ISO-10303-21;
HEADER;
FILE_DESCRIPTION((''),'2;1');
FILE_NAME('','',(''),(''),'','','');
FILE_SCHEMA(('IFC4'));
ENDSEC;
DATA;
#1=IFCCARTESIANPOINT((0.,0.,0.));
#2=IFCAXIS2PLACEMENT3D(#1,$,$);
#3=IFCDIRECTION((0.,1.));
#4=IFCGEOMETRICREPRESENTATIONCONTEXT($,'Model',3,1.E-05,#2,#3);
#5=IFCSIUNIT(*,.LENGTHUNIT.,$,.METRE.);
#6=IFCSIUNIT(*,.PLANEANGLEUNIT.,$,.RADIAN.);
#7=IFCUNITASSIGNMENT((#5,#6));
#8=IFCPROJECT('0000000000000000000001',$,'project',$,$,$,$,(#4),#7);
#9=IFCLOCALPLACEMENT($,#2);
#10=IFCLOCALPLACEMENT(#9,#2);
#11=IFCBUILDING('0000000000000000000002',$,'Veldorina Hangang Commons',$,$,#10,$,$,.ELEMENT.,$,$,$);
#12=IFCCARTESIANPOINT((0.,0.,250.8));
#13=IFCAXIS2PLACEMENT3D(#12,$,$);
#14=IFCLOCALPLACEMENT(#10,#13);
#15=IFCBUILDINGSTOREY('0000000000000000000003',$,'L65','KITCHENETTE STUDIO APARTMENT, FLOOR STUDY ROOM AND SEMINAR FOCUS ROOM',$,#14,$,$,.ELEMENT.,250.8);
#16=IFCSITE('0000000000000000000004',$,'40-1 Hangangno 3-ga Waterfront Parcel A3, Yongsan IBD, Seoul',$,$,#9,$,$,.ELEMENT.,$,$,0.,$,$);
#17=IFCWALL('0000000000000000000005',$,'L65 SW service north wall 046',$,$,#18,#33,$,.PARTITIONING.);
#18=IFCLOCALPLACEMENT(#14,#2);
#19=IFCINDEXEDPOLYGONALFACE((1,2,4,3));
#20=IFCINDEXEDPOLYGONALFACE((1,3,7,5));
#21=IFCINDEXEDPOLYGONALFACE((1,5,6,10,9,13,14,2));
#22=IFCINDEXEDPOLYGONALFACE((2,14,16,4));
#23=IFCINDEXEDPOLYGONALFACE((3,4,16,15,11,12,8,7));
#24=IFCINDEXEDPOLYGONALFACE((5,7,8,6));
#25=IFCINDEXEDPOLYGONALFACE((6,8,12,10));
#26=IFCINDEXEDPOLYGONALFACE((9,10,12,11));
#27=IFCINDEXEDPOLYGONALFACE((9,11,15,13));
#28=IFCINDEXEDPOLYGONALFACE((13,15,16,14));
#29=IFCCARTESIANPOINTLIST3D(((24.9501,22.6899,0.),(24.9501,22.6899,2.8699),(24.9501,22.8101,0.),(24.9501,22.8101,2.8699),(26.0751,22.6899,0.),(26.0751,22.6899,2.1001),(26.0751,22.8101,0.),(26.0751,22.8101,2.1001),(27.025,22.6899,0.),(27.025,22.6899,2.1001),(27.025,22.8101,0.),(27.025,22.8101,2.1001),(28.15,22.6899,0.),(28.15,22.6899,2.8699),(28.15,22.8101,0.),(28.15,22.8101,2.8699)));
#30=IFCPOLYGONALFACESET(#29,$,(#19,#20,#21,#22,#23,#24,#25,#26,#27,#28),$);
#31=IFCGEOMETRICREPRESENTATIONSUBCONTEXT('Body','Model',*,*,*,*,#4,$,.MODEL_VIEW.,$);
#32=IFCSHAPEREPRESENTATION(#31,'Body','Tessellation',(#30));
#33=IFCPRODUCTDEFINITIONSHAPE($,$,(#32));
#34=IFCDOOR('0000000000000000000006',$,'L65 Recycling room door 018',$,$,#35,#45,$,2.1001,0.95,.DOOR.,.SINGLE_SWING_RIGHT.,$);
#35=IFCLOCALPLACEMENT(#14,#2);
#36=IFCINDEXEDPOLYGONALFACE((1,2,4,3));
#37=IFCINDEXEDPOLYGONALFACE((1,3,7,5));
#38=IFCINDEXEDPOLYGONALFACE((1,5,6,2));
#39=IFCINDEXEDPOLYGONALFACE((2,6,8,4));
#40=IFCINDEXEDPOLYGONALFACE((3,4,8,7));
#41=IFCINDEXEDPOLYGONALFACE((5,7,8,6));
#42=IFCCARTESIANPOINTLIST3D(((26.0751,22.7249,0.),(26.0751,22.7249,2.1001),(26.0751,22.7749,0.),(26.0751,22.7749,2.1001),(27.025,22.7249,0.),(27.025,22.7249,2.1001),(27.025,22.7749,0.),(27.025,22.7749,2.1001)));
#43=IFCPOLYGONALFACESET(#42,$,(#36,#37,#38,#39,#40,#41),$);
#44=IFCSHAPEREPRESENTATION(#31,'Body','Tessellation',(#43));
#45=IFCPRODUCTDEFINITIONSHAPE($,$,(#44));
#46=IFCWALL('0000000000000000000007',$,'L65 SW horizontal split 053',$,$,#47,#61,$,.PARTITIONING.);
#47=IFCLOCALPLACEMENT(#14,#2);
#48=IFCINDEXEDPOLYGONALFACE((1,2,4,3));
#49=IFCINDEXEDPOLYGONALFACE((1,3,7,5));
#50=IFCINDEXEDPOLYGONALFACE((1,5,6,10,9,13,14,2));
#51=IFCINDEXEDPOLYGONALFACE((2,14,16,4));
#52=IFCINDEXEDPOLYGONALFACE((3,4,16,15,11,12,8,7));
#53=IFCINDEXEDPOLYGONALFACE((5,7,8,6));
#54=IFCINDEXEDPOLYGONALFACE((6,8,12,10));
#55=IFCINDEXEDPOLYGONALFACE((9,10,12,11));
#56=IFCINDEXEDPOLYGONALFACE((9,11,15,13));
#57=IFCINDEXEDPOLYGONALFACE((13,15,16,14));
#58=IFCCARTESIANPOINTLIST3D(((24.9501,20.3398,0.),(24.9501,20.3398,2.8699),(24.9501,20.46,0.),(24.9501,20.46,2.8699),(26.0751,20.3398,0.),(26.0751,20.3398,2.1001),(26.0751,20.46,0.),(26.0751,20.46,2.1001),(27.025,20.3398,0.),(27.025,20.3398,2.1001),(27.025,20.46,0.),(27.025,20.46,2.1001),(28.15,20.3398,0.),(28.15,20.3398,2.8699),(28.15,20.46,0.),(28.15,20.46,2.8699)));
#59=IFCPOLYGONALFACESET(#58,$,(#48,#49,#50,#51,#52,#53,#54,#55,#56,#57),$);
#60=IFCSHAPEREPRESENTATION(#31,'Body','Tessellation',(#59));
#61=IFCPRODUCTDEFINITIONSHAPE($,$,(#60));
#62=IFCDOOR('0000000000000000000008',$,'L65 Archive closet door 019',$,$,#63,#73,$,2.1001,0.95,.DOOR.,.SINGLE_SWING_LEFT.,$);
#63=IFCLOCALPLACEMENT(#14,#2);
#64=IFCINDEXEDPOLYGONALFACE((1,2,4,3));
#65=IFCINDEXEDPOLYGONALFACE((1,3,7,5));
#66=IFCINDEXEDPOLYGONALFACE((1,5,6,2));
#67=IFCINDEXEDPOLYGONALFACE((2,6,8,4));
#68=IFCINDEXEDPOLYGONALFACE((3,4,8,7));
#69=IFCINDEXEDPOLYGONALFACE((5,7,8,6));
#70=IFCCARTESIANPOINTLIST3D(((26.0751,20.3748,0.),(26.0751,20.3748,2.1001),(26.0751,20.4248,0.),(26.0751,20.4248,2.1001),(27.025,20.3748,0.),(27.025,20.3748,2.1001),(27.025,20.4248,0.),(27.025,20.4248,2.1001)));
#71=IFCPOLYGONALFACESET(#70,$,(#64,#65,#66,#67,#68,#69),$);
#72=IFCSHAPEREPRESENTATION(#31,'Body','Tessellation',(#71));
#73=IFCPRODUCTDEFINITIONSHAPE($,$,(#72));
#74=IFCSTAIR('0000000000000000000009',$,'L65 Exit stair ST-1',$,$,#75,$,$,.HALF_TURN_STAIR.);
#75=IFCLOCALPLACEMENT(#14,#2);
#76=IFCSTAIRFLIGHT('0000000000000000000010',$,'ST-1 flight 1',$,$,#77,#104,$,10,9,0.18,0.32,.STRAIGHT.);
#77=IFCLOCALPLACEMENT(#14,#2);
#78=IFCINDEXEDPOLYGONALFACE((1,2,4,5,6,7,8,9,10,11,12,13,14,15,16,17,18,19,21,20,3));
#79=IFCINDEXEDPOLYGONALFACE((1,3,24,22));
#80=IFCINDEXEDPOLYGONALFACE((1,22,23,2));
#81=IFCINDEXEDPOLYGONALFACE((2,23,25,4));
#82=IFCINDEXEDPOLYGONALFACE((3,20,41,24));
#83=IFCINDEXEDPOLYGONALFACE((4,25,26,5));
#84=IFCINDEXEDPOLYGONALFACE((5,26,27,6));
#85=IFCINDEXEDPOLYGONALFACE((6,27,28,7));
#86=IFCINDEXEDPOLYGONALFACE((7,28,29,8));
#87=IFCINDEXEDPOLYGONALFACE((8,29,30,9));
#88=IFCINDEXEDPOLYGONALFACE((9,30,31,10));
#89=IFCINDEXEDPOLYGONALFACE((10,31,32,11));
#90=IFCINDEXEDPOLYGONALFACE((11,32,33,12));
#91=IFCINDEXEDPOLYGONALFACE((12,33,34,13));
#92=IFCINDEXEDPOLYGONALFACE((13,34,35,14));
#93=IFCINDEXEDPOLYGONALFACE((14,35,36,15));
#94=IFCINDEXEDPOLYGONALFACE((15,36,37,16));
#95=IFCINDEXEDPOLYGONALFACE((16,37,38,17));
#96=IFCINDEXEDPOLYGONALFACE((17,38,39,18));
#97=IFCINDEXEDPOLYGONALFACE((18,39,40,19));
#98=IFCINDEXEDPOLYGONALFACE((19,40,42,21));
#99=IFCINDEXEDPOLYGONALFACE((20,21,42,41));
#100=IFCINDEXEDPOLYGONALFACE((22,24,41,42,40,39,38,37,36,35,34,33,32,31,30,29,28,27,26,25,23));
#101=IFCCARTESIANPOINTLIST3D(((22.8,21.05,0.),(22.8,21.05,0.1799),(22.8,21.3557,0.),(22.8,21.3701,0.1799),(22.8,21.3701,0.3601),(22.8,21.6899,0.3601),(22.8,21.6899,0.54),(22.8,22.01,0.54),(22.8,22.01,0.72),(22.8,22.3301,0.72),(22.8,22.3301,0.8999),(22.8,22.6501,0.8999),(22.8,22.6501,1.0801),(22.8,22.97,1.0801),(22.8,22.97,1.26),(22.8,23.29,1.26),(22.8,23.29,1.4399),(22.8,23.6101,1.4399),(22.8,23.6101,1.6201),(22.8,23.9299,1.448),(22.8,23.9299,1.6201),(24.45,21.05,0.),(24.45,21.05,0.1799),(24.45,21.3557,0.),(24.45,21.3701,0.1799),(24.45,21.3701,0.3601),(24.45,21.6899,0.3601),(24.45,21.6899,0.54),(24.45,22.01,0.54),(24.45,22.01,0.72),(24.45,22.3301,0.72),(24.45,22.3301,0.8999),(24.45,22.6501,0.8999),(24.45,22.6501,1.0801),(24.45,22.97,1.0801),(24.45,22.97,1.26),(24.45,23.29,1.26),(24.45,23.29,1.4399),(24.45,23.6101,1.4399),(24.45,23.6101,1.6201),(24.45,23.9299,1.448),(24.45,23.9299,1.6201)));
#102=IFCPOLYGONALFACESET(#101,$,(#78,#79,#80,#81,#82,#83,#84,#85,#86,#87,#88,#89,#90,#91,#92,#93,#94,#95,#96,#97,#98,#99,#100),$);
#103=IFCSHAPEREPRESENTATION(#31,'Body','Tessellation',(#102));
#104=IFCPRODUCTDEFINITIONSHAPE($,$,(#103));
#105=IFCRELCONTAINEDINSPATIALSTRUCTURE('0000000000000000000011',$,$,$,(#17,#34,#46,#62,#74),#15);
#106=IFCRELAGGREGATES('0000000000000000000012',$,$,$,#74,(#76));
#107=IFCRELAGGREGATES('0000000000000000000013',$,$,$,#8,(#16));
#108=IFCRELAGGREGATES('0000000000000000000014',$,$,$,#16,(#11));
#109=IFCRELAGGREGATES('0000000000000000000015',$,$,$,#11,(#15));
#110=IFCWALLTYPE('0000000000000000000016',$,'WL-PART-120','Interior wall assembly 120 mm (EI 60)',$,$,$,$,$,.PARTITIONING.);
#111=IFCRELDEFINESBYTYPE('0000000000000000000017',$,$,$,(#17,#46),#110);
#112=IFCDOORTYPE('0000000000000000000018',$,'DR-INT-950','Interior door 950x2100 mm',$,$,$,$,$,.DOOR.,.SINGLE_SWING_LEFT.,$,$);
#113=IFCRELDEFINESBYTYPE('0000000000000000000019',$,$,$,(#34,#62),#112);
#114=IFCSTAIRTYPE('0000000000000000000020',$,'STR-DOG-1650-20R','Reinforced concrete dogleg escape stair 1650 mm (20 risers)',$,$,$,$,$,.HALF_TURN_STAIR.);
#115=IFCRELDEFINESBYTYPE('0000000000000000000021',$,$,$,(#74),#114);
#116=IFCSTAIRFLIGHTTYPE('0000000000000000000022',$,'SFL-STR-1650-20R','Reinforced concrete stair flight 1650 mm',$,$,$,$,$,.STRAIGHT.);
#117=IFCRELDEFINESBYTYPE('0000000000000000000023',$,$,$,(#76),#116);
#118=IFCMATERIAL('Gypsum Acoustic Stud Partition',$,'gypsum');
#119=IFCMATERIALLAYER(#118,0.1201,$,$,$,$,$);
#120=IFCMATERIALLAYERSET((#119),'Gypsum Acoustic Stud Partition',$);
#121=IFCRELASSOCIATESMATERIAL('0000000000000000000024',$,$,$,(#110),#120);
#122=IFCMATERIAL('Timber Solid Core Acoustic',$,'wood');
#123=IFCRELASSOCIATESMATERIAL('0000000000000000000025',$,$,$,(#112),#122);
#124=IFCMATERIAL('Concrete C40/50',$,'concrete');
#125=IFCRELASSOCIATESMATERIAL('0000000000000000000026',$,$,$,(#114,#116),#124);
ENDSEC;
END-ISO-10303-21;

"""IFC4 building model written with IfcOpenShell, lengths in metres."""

from ifc_helpers import new_model, si_unit, direction, frame, frame_2d, origin, place, context, subcontext, project, spatial, polyline, rectangle, outline, extrude, material, layer, layer_set, type_object, element, fill, aggregate, save


model = new_model("IFC4")

# Units and contexts
model_context = context("Model", 3, precision=1e-05, world=origin(), true_north=direction((0.0, 1.0)))
body_context = subcontext(model_context, "Body", "Model", "MODEL_VIEW")
ifc_project = project(units=[si_unit("LENGTHUNIT", "METRE"), si_unit("PLANEANGLEUNIT", "RADIAN")], contexts=[model_context])

# Site, building, storey
site_placement = place(None, origin())
site = spatial("IfcSite", under=ifc_project, at=site_placement, Name="40-1 Hangangno 3-ga Waterfront Parcel A3, Yongsan IBD, Seoul", CompositionType="ELEMENT", RefElevation=0.0)
building_placement = place(site_placement, origin())
building = spatial("IfcBuilding", under=site, at=building_placement, Name="Veldorina Hangang Commons", CompositionType="ELEMENT")
storey_placement = place(building_placement, frame((0.0, 0.0, 250.8)))
storey = spatial("IfcBuildingStorey", under=building, at=storey_placement, Name="L65", Description="KITCHENETTE STUDIO APARTMENT, FLOOR STUDY ROOM AND SEMINAR FOCUS ROOM", CompositionType="ELEMENT", Elevation=250.8)

# Shared definitions
ifc_material_1 = material(Name="Gypsum Acoustic Stud Partition", Category="gypsum")
ifc_layer_1 = layer(ifc_material_1, 0.1201)
ifc_layer_set_1 = layer_set([ifc_layer_1], Name="Gypsum Acoustic Stud Partition")
wall_type_1 = type_object("IfcWallType", Name="WL-PART-120", Description="Interior wall assembly 120 mm (EI 60)", PredefinedType="PARTITIONING", material=ifc_layer_set_1)
ifc_material_2 = material(Name="Timber Solid Core Acoustic", Category="wood")
door_type_1 = type_object("IfcDoorType", Name="DR-INT-950", Description="Interior door 950x2100 mm", OperationType="SINGLE_SWING_LEFT", PredefinedType="DOOR", material=ifc_material_2)

# Walls, openings, doors
wall_1_placement = place(storey_placement, frame((24.95, 22.75, 0.0), z_axis=(0.0, 0.0, 1.0), x_axis=(1.0, 0.0, 0.0)))
wall_1 = element("IfcWall", 1, at=wall_1_placement, inside=storey, type_object=wall_type_1, Name="L65 SW service north wall 046", PredefinedType="PARTITIONING", context=body_context, shape_type="SweptSolid", body=[
    extrude(rectangle(XDim=3.2, YDim=0.1201, at=frame_2d((1.6001, 0.0))), origin(), (0.0, 0.0, 1.0), 2.8699),
])
opening_1_placement = place(wall_1_placement, frame((1.125, 0.0, 0.0)))
opening_1 = element("IfcOpeningElement", 2, at=opening_1_placement, cuts=wall_1, PredefinedType="OPENING", context=body_context, shape_type="SweptSolid", body=[
    extrude(rectangle(XDim=0.95, YDim=2.1001, at=frame_2d((0.4751, 1.05))), frame((0.0, 0.0701, 0.0), z_axis=(0.0, -1.0, 0.0), x_axis=(1.0, 0.0, 0.0)), (0.0, 0.0, 1.0), 0.1401),
])
door_1_placement = place(opening_1_placement, origin())
door_1 = element("IfcDoor", 3, at=door_1_placement, inside=storey, type_object=door_type_1, Name="L65 Recycling room door 018", OperationType="SINGLE_SWING_RIGHT", OverallHeight=2.1001, OverallWidth=0.95, PredefinedType="DOOR", context=body_context, shape_type="SweptSolid", body=[
    extrude(rectangle(XDim=0.95, YDim=2.1001, at=frame_2d((0.4751, 1.05))), frame((0.0, 0.0249, 0.0), z_axis=(0.0, -1.0, 0.0), x_axis=(1.0, 0.0, 0.0)), (0.0, 0.0, 1.0), 0.05),
])
fill(opening_1, door_1)
wall_2_placement = place(storey_placement, frame((24.95, 20.3999, 0.0), z_axis=(0.0, 0.0, 1.0), x_axis=(1.0, 0.0, 0.0)))
wall_2 = element("IfcWall", 4, at=wall_2_placement, inside=storey, type_object=wall_type_1, Name="L65 SW horizontal split 053", PredefinedType="PARTITIONING", context=body_context, shape_type="SweptSolid", body=[
    extrude(rectangle(XDim=3.2, YDim=0.1201, at=frame_2d((1.6001, 0.0))), origin(), (0.0, 0.0, 1.0), 2.8699),
])
opening_2_placement = place(wall_2_placement, frame((1.125, 0.0, 0.0)))
opening_2 = element("IfcOpeningElement", 5, at=opening_2_placement, cuts=wall_2, PredefinedType="OPENING", context=body_context, shape_type="SweptSolid", body=[
    extrude(rectangle(XDim=0.95, YDim=2.1001, at=frame_2d((0.4751, 1.05))), frame((0.0, 0.0701, 0.0), z_axis=(0.0, -1.0, 0.0), x_axis=(1.0, 0.0, 0.0)), (0.0, 0.0, 1.0), 0.1401),
])
door_2_placement = place(opening_2_placement, origin())
door_2 = element("IfcDoor", 6, at=door_2_placement, inside=storey, type_object=door_type_1, Name="L65 Archive closet door 019", OperationType="SINGLE_SWING_LEFT", OverallHeight=2.1001, OverallWidth=0.95, PredefinedType="DOOR", context=body_context, shape_type="SweptSolid", body=[
    extrude(rectangle(XDim=0.95, YDim=2.1001, at=frame_2d((0.4751, 1.05))), frame((0.0, 0.0249, 0.0), z_axis=(0.0, -1.0, 0.0), x_axis=(1.0, 0.0, 0.0)), (0.0, 0.0, 1.0), 0.05),
])
fill(opening_2, door_2)

# Stair, stair flight
ifc_material_3 = material(Name="Concrete C40/50", Category="concrete")
stair_type = type_object("IfcStairType", Name="STR-DOG-1650-20R", Description="Reinforced concrete dogleg escape stair 1650 mm (20 risers)", PredefinedType="HALF_TURN_STAIR", material=ifc_material_3)
stair_placement = place(storey_placement, origin())
stair = element("IfcStair", 7, at=stair_placement, inside=storey, type_object=stair_type, Name="L65 Exit stair ST-1", PredefinedType="HALF_TURN_STAIR")
stair_flight_type = type_object("IfcStairFlightType", Name="SFL-STR-1650-20R", Description="Reinforced concrete stair flight 1650 mm", PredefinedType="STRAIGHT", material=ifc_material_3)
stair_flight_placement = place(storey_placement, frame((23.625, 21.05, 0.0), z_axis=(0.0, 0.0, 1.0), x_axis=(0.0, 1.0, 0.0)))
stair_flight = element("IfcStairFlight", 8, at=stair_flight_placement, type_object=stair_flight_type, Name="ST-1 flight 1", NumberOfRisers=10, NumberOfTreads=9, PredefinedType="STRAIGHT", RiserHeight=0.18, TreadLength=0.32, context=body_context, shape_type="SweptSolid", body=[
    extrude(outline(polyline([(0.0, 0.0), (0.0, 0.1799), (0.3201, 0.1799), (0.3201, 0.3601), (0.6399, 0.3601), (0.6399, 0.54), (0.96, 0.54), (0.96, 0.72), (1.28, 0.72), (1.28, 0.8999), (1.6001, 0.8999), (1.6001, 1.0801), (1.9199, 1.0801), (1.9199, 1.26), (2.24, 1.26), (2.24, 1.4399), (2.5601, 1.4399), (2.5601, 1.6201), (2.8799, 1.6201), (2.8799, 1.8), (2.8799, 1.448), (0.3057, 0.0), (0.0, 0.0)])), frame((0.0, 0.825, 0.0), z_axis=(0.0, -1.0, 0.0), x_axis=(1.0, 0.0, 0.0)), (0.0, 0.0, 1.0), 1.6499),
])
aggregate(stair, [stair_flight])

save(model, "model.ifc")
